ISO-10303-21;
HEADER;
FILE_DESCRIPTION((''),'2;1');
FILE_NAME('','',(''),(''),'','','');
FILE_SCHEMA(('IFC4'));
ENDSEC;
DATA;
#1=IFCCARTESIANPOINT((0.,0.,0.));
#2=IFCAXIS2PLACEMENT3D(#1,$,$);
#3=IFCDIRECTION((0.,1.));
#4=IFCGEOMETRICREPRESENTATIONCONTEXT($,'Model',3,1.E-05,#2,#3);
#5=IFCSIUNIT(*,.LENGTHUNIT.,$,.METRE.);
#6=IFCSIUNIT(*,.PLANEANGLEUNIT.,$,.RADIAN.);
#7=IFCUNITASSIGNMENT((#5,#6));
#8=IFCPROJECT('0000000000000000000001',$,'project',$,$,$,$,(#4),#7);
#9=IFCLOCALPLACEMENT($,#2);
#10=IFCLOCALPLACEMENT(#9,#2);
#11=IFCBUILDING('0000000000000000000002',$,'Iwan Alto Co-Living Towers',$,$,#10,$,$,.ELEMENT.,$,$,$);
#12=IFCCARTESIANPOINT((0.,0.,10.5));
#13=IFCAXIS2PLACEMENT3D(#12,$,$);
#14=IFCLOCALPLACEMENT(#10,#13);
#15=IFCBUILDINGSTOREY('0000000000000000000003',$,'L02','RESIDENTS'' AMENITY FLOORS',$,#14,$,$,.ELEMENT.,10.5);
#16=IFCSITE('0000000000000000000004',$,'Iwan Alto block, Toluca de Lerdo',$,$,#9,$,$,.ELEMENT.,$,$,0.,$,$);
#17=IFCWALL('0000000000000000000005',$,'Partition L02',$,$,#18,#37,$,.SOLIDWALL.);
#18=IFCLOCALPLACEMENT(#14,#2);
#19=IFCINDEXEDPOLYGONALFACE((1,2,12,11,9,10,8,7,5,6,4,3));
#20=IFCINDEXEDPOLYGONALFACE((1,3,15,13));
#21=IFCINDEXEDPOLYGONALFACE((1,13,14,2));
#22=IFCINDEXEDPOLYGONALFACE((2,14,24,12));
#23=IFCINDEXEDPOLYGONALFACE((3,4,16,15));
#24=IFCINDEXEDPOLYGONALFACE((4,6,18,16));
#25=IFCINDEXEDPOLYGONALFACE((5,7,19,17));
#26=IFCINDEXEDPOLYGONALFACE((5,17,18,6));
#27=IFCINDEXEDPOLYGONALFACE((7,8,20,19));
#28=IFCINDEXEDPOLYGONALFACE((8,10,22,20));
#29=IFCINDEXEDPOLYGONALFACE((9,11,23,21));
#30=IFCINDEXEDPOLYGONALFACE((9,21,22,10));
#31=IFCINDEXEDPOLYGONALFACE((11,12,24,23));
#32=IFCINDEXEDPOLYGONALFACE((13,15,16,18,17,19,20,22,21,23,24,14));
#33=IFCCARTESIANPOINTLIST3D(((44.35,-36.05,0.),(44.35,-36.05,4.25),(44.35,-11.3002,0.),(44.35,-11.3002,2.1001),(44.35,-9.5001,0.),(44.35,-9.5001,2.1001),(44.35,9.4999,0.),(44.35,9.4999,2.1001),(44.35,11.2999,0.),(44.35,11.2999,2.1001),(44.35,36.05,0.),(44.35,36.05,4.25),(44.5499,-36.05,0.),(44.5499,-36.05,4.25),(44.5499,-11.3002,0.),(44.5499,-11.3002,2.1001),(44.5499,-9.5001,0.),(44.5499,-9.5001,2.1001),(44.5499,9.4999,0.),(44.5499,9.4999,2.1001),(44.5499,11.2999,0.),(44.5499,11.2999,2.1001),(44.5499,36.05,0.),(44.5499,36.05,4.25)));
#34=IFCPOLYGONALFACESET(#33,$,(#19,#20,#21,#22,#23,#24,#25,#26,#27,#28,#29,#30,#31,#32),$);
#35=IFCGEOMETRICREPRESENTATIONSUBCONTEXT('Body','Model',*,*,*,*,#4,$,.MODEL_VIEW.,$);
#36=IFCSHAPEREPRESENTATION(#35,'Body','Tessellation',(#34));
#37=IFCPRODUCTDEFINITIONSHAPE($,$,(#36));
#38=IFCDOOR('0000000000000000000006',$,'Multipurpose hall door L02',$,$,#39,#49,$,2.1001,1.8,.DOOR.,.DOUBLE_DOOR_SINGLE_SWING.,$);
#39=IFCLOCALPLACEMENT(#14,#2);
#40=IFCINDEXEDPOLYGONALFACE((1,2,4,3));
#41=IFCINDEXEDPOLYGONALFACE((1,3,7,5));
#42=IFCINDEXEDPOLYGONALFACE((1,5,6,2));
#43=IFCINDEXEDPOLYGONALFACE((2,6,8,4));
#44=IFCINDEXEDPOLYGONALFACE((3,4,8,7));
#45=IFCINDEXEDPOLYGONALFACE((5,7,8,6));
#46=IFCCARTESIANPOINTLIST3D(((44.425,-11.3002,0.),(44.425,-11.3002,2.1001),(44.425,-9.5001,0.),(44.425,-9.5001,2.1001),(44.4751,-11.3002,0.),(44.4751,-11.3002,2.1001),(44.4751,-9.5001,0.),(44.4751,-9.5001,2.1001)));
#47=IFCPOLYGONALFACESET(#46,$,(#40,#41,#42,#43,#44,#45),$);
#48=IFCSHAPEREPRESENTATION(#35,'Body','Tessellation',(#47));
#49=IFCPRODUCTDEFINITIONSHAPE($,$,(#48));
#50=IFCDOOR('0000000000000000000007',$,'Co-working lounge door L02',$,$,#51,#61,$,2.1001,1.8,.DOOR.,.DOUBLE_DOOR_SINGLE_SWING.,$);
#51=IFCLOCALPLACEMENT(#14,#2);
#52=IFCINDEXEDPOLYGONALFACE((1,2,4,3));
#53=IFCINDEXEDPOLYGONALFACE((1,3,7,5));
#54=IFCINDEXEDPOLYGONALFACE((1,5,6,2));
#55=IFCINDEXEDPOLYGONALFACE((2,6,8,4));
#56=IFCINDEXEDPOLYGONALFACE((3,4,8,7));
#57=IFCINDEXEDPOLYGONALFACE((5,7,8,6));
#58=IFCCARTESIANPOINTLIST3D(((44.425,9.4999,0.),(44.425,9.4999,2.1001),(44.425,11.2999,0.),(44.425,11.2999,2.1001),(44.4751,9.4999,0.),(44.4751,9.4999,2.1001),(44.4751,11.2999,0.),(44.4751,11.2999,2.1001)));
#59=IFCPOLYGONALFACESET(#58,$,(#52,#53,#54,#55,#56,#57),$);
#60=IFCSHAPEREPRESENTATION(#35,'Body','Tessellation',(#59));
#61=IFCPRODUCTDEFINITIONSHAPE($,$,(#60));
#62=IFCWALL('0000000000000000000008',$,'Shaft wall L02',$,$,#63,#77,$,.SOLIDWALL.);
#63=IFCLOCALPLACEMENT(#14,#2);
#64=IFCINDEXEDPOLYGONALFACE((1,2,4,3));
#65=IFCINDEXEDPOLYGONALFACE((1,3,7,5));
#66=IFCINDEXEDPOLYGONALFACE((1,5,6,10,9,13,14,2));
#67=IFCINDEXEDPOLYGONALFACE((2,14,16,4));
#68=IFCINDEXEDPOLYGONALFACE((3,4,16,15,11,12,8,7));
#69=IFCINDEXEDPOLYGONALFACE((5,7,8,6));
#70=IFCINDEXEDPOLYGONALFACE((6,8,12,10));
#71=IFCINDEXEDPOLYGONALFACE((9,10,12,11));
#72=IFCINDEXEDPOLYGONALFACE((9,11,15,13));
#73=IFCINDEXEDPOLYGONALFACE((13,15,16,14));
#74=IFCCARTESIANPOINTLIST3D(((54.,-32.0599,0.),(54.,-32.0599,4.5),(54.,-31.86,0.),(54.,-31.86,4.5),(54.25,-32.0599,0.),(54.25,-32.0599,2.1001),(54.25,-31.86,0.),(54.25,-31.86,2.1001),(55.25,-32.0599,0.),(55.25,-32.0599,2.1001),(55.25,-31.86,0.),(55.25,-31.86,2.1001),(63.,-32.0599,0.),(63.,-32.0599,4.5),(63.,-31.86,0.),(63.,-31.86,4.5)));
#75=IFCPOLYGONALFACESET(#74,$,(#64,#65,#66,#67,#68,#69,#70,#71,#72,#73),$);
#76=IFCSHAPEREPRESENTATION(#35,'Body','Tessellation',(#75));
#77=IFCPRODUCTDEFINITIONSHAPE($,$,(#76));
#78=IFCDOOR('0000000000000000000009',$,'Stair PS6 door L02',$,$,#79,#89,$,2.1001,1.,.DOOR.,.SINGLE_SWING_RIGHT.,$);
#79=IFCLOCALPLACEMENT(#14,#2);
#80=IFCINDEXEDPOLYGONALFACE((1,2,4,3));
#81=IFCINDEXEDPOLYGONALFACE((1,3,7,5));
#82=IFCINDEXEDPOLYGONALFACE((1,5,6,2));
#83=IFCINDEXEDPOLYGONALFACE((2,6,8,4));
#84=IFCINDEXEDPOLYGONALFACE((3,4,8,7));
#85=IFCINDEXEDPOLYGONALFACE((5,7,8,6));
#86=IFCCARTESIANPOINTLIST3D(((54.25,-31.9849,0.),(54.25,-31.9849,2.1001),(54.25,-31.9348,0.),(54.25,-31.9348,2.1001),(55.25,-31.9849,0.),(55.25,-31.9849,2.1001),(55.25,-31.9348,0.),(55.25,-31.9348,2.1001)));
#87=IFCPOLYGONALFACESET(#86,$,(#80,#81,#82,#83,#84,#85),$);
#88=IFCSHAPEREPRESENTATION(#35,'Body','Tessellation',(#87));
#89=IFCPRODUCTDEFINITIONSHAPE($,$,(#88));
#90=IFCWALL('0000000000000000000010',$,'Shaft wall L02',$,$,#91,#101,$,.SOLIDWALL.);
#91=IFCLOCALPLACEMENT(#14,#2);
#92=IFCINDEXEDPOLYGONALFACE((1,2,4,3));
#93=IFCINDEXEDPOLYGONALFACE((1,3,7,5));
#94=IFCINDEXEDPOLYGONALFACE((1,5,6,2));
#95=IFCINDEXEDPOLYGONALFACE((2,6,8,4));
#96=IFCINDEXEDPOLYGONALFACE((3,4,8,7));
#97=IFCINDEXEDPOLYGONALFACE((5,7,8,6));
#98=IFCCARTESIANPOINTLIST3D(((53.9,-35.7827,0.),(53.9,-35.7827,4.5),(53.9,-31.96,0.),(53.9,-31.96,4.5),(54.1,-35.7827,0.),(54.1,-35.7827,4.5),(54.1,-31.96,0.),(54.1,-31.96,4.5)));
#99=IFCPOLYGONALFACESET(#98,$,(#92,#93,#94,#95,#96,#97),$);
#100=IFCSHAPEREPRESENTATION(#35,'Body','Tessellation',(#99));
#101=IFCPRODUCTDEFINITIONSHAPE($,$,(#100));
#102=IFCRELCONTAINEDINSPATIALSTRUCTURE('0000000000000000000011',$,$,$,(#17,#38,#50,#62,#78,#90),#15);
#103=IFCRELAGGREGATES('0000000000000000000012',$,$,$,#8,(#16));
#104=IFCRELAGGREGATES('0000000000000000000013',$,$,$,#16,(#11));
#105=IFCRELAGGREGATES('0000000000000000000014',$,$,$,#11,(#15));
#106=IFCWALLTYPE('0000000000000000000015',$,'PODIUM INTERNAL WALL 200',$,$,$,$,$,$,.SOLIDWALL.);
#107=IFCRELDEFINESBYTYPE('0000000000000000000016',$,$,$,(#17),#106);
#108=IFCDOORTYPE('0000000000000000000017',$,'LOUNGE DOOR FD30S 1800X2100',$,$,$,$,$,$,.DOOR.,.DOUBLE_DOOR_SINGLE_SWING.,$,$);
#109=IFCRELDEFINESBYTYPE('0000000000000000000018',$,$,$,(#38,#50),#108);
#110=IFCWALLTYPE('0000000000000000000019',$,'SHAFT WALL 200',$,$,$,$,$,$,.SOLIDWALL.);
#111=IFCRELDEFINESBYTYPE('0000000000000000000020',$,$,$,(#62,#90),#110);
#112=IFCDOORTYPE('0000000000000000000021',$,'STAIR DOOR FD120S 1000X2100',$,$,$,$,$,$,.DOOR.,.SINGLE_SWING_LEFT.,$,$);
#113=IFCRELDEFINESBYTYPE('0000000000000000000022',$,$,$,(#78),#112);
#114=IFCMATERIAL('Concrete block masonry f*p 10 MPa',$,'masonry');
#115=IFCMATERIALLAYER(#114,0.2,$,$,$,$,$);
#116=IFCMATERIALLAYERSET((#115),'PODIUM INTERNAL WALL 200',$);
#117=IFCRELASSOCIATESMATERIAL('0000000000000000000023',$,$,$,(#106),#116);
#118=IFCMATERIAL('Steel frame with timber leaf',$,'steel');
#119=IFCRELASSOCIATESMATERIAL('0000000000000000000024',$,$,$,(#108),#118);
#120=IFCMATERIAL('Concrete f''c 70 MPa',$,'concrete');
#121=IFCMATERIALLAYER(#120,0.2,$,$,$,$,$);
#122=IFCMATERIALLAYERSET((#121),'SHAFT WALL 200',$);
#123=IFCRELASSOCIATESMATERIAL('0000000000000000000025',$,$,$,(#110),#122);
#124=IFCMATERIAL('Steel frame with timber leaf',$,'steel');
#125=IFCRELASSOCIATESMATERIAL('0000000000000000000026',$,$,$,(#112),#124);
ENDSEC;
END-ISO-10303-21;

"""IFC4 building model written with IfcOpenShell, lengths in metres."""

from ifc_helpers import new_model, si_unit, direction, frame, frame_2d, origin, place, context, subcontext, project, spatial, rectangle, extrude, material, layer, layer_set, type_object, element, fill, save


model = new_model("IFC4")

# Units and contexts
model_context = context("Model", 3, precision=1e-05, world=origin(), true_north=direction((0.0, 1.0)))
body_context = subcontext(model_context, "Body", "Model", "MODEL_VIEW")
ifc_project = project(units=[si_unit("LENGTHUNIT", "METRE"), si_unit("PLANEANGLEUNIT", "RADIAN")], contexts=[model_context])

# Site, building, storey
site_placement = place(None, origin())
site = spatial("IfcSite", under=ifc_project, at=site_placement, Name="Iwan Alto block, Toluca de Lerdo", CompositionType="ELEMENT", RefElevation=0.0)
building_placement = place(site_placement, origin())
building = spatial("IfcBuilding", under=site, at=building_placement, Name="Iwan Alto Co-Living Towers", CompositionType="ELEMENT")
storey_placement = place(building_placement, frame((0.0, 0.0, 10.5)))
storey = spatial("IfcBuildingStorey", under=building, at=storey_placement, Name="L02", Description="RESIDENTS' AMENITY FLOORS", CompositionType="ELEMENT", Elevation=10.5)

# Shared definitions
ifc_material_1 = material(Name="Concrete block masonry f*p 10 MPa", Category="masonry")
ifc_layer_1 = layer(ifc_material_1, 0.2)
ifc_layer_set_1 = layer_set([ifc_layer_1], Name="PODIUM INTERNAL WALL 200")
wall_type_1 = type_object("IfcWallType", Name="PODIUM INTERNAL WALL 200", PredefinedType="SOLIDWALL", material=ifc_layer_set_1)

# Wall, openings, doors
wall_1_placement = place(storey_placement, frame((44.45, -36.05, 0.0), z_axis=(0.0, 0.0, 1.0), x_axis=(0.0, 1.0, 0.0)))
wall_1 = element("IfcWall", 1, at=wall_1_placement, inside=storey, type_object=wall_type_1, Name="Partition L02", PredefinedType="SOLIDWALL", context=body_context, shape_type="SweptSolid", body=[
    extrude(rectangle(XDim=72.1001, YDim=0.2, at=frame_2d((36.05, 0.0))), origin(), (0.0, 0.0, 1.0), 4.25),
])
opening_1_placement = place(wall_1_placement, frame((24.75, 0.0, 0.0)))
opening_1 = element("IfcOpeningElement", 2, at=opening_1_placement, cuts=wall_1, PredefinedType="OPENING", context=body_context, shape_type="SweptSolid", body=[
    extrude(rectangle(XDim=1.8, YDim=2.1001, at=frame_2d((0.8999, 1.05))), frame((0.0, 0.1099, 0.0), z_axis=(0.0, -1.0, 0.0), x_axis=(1.0, 0.0, 0.0)), (0.0, 0.0, 1.0), 0.22),
])
opening_2_placement = place(wall_1_placement, frame((45.55, 0.0, 0.0)))
opening_2 = element("IfcOpeningElement", 3, at=opening_2_placement, cuts=wall_1, PredefinedType="OPENING", context=body_context, shape_type="SweptSolid", body=[
    extrude(rectangle(XDim=1.8, YDim=2.1001, at=frame_2d((0.8999, 1.05))), frame((0.0, 0.1099, 0.0), z_axis=(0.0, -1.0, 0.0), x_axis=(1.0, 0.0, 0.0)), (0.0, 0.0, 1.0), 0.22),
])
ifc_material_2 = material(Name="Steel frame with timber leaf", Category="steel")
door_type_1 = type_object("IfcDoorType", Name="LOUNGE DOOR FD30S 1800X2100", OperationType="DOUBLE_DOOR_SINGLE_SWING", PredefinedType="DOOR", material=ifc_material_2)
door_1_placement = place(opening_1_placement, origin())
door_1 = element("IfcDoor", 4, at=door_1_placement, inside=storey, type_object=door_type_1, Name="Multipurpose hall door L02", OperationType="DOUBLE_DOOR_SINGLE_SWING", OverallHeight=2.1001, OverallWidth=1.8, PredefinedType="DOOR", context=body_context, shape_type="SweptSolid", body=[
    extrude(rectangle(XDim=1.8, YDim=2.1001, at=frame_2d((0.8999, 1.05))), frame((0.0, 0.0249, 0.0), z_axis=(0.0, -1.0, 0.0), x_axis=(1.0, 0.0, 0.0)), (0.0, 0.0, 1.0), 0.05),
])
fill(opening_1, door_1)
door_2_placement = place(opening_2_placement, origin())
door_2 = element("IfcDoor", 5, at=door_2_placement, inside=storey, type_object=door_type_1, Name="Co-working lounge door L02", OperationType="DOUBLE_DOOR_SINGLE_SWING", OverallHeight=2.1001, OverallWidth=1.8, PredefinedType="DOOR", context=body_context, shape_type="SweptSolid", body=[
    extrude(rectangle(XDim=1.8, YDim=2.1001, at=frame_2d((0.8999, 1.05))), frame((0.0, 0.0249, 0.0), z_axis=(0.0, -1.0, 0.0), x_axis=(1.0, 0.0, 0.0)), (0.0, 0.0, 1.0), 0.05),
])
fill(opening_2, door_2)

# Wall, opening, door
ifc_material_3 = material(Name="Concrete f'c 70 MPa", Category="concrete")
ifc_layer_2 = layer(ifc_material_3, 0.2)
ifc_layer_set_2 = layer_set([ifc_layer_2], Name="SHAFT WALL 200")
wall_type_2 = type_object("IfcWallType", Name="SHAFT WALL 200", PredefinedType="SOLIDWALL", material=ifc_layer_set_2)
wall_2_placement = place(storey_placement, frame((54.0, -31.96, 0.0), z_axis=(0.0, 0.0, 1.0), x_axis=(1.0, 0.0, 0.0)))
wall_2 = element("IfcWall", 6, at=wall_2_placement, inside=storey, type_object=wall_type_2, Name="Shaft wall L02", PredefinedType="SOLIDWALL", context=body_context, shape_type="SweptSolid", body=[
    extrude(rectangle(XDim=9.0, YDim=0.2, at=frame_2d((4.5, 0.0))), origin(), (0.0, 0.0, 1.0), 4.5),
])
opening_3_placement = place(wall_2_placement, frame((0.25, 0.0, 0.0)))
opening_3 = element("IfcOpeningElement", 7, at=opening_3_placement, cuts=wall_2, PredefinedType="OPENING", context=body_context, shape_type="SweptSolid", body=[
    extrude(rectangle(XDim=1.0, YDim=2.1001, at=frame_2d((0.5, 1.05))), frame((0.0, 0.1099, 0.0), z_axis=(0.0, -1.0, 0.0), x_axis=(1.0, 0.0, 0.0)), (0.0, 0.0, 1.0), 0.22),
])
ifc_material_4 = material(Name="Steel frame with timber leaf", Category="steel")
door_type_2 = type_object("IfcDoorType", Name="STAIR DOOR FD120S 1000X2100", OperationType="SINGLE_SWING_LEFT", PredefinedType="DOOR", material=ifc_material_4)
door_3_placement = place(opening_3_placement, frame((1.0, 0.0, 0.0), z_axis=(0.0, 0.0, 1.0), x_axis=(-1.0, 0.0, 0.0)))
door_3 = element("IfcDoor", 8, at=door_3_placement, inside=storey, type_object=door_type_2, Name="Stair PS6 door L02", OperationType="SINGLE_SWING_RIGHT", OverallHeight=2.1001, OverallWidth=1.0, PredefinedType="DOOR", context=body_context, shape_type="SweptSolid", body=[
    extrude(rectangle(XDim=1.0, YDim=2.1001, at=frame_2d((0.5, 1.05))), frame((0.0, 0.0249, 0.0), z_axis=(0.0, -1.0, 0.0), x_axis=(1.0, 0.0, 0.0)), (0.0, 0.0, 1.0), 0.05),
])
fill(opening_3, door_3)

# Wall
wall_3_placement = place(storey_placement, frame((54.0, -35.7827, 0.0), z_axis=(0.0, 0.0, 1.0), x_axis=(0.0, 1.0, 0.0)))
element("IfcWall", 9, at=wall_3_placement, inside=storey, type_object=wall_type_2, Name="Shaft wall L02", PredefinedType="SOLIDWALL", context=body_context, shape_type="SweptSolid", body=[
    extrude(rectangle(XDim=3.8228, YDim=0.2, at=frame_2d((1.9114, 0.0))), origin(), (0.0, 0.0, 1.0), 4.5),
])

save(model, "model.ifc")
